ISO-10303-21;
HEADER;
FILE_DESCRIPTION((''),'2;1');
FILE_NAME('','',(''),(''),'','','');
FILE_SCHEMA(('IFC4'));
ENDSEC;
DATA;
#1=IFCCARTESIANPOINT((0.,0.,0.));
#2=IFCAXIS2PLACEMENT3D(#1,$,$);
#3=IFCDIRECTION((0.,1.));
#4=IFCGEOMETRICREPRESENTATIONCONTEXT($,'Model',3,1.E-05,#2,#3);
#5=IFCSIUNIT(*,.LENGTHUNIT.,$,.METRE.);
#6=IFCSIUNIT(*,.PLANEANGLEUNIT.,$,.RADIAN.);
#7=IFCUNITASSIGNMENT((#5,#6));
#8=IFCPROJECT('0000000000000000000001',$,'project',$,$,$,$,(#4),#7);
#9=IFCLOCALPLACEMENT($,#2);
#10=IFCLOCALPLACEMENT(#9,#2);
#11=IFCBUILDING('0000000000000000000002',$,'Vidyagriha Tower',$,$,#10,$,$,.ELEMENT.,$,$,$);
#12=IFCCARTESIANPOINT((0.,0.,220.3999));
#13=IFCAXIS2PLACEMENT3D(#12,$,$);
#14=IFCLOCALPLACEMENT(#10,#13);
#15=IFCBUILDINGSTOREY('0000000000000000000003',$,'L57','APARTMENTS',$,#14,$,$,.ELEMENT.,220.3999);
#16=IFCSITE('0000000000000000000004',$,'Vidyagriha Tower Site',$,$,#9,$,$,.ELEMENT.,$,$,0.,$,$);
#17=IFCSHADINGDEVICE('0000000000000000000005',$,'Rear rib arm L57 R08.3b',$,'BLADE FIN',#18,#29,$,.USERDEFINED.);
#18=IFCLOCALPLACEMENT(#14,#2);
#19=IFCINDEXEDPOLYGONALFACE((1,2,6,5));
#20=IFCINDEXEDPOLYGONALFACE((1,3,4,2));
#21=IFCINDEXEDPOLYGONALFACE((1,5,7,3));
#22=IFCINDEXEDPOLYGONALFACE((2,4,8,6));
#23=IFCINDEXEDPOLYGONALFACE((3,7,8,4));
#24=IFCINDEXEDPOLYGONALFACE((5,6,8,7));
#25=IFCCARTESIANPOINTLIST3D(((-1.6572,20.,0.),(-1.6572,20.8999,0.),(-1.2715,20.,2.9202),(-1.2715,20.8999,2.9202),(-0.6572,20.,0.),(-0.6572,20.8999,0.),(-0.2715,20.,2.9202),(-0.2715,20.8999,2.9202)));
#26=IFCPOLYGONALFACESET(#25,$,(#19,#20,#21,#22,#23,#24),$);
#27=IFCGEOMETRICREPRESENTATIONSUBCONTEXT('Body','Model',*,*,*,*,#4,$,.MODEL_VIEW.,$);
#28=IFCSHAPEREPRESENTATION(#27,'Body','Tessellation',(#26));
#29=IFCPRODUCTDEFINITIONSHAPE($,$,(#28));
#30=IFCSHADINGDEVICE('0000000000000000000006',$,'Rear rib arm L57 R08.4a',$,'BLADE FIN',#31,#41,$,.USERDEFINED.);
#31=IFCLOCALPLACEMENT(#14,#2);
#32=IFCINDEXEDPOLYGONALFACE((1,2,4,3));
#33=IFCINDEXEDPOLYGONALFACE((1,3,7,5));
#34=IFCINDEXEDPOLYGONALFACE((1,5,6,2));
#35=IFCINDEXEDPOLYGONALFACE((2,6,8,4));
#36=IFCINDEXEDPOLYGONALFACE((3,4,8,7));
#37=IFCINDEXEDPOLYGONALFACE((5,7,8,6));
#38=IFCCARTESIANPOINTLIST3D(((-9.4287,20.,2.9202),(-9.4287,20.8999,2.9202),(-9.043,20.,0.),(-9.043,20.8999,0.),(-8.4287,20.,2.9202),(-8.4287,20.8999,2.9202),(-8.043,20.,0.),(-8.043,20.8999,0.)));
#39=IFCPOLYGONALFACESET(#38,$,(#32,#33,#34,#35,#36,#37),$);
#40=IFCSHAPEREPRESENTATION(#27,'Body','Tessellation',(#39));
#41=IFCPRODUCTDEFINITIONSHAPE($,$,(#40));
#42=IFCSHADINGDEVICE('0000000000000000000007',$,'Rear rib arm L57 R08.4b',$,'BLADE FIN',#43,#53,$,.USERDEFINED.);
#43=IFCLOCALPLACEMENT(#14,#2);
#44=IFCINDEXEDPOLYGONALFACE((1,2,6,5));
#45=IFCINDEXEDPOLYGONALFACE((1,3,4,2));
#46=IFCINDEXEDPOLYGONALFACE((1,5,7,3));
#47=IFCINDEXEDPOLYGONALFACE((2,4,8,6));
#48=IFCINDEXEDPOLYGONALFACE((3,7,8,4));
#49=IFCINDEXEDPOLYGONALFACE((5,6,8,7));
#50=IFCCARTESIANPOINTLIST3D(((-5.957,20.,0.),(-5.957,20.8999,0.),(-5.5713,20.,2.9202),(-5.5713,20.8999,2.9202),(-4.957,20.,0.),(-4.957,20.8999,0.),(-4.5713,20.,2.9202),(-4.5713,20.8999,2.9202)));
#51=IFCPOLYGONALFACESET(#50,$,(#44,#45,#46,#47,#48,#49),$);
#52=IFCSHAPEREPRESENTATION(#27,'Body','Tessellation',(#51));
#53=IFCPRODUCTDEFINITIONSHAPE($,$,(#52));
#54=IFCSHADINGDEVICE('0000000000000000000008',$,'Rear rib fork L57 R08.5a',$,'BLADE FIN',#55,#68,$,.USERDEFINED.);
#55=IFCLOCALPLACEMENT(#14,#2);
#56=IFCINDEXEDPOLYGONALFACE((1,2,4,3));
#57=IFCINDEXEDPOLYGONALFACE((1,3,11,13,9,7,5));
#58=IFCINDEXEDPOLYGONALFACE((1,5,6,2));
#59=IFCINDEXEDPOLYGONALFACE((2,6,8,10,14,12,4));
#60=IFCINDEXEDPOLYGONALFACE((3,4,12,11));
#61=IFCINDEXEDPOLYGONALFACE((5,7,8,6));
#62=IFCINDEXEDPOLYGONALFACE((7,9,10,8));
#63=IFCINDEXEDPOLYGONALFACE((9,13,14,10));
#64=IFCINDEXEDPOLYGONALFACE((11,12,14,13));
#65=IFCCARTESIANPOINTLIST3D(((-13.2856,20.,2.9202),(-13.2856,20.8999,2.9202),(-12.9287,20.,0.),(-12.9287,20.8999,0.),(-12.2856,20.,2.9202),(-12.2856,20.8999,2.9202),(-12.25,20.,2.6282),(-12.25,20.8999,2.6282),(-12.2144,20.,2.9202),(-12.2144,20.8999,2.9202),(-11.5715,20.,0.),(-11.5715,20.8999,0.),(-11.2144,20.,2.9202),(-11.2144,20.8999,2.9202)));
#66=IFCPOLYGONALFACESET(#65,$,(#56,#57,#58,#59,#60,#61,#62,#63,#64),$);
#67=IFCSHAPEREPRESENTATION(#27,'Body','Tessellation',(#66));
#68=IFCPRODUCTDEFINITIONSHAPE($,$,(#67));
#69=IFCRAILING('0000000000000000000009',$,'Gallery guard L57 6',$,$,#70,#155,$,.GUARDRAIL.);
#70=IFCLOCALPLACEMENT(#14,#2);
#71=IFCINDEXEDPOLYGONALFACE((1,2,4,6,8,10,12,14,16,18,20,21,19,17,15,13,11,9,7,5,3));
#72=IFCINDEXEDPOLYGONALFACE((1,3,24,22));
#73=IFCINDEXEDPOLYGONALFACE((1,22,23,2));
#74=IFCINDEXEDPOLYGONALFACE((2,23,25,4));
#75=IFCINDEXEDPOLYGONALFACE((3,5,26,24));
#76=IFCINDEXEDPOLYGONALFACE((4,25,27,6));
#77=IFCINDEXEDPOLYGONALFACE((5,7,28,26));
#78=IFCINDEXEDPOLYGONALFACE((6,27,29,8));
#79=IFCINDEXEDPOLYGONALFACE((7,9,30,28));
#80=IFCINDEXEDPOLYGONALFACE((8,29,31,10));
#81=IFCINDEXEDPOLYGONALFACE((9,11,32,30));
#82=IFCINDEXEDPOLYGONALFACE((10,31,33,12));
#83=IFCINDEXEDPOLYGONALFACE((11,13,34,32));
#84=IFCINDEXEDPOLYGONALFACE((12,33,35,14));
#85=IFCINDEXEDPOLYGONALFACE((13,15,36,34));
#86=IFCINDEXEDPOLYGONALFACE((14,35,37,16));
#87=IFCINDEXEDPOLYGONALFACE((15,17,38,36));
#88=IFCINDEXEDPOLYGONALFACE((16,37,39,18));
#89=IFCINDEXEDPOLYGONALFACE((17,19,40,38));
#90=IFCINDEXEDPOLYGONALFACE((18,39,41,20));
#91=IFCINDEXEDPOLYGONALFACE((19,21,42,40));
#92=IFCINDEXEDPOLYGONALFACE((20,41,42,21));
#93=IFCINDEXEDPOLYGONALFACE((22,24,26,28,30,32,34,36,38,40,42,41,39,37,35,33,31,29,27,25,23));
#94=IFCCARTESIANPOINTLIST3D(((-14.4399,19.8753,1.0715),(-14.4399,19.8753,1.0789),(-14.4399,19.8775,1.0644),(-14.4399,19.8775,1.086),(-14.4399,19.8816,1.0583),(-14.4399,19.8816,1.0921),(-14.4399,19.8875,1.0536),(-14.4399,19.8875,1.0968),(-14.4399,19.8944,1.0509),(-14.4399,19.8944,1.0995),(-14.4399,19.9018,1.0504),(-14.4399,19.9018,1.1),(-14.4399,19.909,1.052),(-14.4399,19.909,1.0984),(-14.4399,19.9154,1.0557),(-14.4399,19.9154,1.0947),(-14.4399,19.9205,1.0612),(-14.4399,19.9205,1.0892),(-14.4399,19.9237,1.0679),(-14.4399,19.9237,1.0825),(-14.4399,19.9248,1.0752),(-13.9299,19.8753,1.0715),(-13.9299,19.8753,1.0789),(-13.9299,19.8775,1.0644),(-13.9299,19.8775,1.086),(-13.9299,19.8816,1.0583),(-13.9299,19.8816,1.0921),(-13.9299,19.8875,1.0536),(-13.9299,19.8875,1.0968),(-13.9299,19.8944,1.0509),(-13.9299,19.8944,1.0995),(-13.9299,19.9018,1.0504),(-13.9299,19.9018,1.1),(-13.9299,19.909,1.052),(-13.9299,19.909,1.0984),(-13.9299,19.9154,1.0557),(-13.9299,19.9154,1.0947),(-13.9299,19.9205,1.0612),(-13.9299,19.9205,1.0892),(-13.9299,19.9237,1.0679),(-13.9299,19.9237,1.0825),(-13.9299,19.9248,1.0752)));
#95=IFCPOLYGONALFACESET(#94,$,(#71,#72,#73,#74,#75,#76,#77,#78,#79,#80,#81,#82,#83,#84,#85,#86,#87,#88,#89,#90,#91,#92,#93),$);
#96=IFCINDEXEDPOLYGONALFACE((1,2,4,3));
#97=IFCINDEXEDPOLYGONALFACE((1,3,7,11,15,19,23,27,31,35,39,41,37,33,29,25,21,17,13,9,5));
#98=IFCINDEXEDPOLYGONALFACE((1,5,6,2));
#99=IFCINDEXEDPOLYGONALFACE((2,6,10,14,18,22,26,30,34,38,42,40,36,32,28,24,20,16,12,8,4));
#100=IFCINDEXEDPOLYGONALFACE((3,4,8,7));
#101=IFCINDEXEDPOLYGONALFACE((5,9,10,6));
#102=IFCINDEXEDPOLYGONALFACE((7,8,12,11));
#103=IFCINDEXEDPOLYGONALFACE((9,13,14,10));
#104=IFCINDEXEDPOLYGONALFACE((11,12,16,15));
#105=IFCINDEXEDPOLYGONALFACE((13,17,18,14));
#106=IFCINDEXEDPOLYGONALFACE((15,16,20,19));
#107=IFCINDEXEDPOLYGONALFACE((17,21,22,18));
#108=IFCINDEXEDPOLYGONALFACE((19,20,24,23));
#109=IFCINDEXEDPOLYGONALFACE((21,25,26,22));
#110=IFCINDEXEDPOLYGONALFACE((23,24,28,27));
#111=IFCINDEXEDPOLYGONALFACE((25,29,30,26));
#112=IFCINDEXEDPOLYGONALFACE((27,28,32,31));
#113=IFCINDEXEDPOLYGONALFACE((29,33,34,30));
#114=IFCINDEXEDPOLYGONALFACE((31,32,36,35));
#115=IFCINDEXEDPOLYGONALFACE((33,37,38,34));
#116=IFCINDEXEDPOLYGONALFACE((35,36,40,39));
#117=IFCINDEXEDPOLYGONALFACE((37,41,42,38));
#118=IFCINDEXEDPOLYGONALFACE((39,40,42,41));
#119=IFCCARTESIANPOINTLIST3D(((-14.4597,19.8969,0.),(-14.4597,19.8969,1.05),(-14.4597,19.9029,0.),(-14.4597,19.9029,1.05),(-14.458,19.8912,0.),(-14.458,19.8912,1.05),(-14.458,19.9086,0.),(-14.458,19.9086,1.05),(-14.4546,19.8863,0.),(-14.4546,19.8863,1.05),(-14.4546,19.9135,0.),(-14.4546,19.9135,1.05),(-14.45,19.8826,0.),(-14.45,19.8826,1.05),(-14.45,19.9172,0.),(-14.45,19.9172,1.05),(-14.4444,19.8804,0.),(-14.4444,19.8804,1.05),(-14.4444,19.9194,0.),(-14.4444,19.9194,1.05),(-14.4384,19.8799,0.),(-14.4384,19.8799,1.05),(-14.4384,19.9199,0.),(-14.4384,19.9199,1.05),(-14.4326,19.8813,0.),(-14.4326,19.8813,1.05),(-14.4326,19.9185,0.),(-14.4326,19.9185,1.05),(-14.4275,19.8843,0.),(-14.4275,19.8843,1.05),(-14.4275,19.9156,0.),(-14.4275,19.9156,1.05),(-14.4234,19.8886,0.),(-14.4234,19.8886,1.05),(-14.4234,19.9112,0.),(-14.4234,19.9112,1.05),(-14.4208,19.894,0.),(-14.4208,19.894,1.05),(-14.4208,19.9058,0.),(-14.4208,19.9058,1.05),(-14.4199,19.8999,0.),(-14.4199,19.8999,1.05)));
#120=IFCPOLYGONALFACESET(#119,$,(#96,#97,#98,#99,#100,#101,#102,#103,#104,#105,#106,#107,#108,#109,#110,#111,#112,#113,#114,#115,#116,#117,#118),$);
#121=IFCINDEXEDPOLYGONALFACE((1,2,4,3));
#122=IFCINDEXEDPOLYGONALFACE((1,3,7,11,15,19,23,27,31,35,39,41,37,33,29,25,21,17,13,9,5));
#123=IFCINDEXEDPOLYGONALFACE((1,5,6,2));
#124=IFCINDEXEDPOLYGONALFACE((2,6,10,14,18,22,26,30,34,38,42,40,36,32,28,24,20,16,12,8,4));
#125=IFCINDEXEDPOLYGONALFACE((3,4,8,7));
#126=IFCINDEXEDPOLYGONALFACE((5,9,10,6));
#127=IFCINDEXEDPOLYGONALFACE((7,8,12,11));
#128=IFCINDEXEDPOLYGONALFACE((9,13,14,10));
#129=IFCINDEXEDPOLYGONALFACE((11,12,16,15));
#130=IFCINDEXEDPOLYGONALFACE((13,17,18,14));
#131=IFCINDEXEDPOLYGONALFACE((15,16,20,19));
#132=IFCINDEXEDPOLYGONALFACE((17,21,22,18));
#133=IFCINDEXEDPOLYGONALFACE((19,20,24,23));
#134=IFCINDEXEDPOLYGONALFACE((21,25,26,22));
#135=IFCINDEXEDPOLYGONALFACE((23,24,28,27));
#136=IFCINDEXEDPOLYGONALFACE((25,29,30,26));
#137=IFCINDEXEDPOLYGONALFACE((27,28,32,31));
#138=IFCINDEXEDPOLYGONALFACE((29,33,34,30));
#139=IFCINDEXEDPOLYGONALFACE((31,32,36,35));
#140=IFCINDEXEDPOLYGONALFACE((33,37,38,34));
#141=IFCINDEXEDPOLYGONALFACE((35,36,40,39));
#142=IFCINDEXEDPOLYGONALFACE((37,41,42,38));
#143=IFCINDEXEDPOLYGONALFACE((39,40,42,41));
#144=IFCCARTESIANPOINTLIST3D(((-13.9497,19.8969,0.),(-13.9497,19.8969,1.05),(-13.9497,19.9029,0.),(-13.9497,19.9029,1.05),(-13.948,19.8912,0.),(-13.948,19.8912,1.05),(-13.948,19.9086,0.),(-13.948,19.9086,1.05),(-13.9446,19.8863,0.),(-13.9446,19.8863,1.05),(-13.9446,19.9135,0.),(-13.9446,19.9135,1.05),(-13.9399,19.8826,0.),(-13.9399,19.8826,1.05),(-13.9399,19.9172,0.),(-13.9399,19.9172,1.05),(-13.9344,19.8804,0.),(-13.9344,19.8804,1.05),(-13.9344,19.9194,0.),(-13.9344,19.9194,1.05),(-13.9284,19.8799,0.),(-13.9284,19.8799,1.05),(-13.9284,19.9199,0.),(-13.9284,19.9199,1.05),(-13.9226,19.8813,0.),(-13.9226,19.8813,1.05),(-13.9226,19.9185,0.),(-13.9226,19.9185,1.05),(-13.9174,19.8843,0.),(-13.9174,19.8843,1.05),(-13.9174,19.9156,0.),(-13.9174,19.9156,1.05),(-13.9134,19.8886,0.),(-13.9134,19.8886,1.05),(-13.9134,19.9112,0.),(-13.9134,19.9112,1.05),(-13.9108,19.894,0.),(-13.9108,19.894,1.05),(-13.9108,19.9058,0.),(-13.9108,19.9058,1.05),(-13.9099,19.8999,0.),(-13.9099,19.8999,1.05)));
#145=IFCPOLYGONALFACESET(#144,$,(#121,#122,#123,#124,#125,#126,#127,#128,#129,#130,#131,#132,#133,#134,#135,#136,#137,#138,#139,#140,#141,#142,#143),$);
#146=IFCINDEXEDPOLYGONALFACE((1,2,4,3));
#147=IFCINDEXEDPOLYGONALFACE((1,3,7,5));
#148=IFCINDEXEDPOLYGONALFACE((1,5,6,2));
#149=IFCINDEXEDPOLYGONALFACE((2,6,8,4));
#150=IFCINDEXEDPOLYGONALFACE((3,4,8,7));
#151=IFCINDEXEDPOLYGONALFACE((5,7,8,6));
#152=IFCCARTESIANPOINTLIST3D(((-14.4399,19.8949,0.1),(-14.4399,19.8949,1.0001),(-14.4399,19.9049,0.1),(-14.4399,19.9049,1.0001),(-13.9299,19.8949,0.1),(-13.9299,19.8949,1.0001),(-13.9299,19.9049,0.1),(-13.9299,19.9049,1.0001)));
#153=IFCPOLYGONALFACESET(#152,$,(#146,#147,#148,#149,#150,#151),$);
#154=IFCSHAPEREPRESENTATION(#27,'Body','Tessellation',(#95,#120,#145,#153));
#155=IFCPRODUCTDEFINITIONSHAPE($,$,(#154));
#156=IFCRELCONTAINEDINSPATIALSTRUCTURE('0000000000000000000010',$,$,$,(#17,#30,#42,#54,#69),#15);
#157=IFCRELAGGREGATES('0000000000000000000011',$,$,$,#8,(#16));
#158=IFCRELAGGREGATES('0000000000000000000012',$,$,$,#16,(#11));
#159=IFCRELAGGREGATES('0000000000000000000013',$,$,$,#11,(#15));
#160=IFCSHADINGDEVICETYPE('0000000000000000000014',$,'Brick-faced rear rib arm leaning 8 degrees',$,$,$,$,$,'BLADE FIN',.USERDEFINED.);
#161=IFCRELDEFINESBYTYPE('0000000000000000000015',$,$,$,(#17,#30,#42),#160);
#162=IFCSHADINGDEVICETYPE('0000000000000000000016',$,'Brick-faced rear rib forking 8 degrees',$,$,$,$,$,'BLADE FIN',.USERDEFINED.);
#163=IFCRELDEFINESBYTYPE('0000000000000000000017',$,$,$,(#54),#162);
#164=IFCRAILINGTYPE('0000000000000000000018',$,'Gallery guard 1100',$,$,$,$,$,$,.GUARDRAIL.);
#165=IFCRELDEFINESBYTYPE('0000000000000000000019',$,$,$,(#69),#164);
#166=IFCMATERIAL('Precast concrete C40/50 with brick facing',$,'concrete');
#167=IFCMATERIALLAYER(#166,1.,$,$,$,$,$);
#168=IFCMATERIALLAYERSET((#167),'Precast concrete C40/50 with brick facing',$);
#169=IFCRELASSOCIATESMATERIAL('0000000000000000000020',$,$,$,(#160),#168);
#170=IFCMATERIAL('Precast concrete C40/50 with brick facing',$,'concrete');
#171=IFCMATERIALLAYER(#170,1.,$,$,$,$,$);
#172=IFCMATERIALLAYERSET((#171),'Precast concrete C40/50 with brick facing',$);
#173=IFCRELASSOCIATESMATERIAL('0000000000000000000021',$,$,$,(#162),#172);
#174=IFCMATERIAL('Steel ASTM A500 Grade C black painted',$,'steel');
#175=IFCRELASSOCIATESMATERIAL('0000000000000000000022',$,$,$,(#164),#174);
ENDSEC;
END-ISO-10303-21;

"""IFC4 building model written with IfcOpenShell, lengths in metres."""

from ifc_helpers import new_model, si_unit, direction, frame, origin, origin_2d, place, context, subcontext, project, spatial, polyline, rectangle, circle, outline, extrude, material, layer, layer_set, type_object, element, save


model = new_model("IFC4")

# Units and contexts
model_context = context("Model", 3, precision=1e-05, world=origin(), true_north=direction((0.0, 1.0)))
body_context = subcontext(model_context, "Body", "Model", "MODEL_VIEW")
ifc_project = project(units=[si_unit("LENGTHUNIT", "METRE"), si_unit("PLANEANGLEUNIT", "RADIAN")], contexts=[model_context])

# Site, building, storey
site_placement = place(None, origin())
site = spatial("IfcSite", under=ifc_project, at=site_placement, Name="Vidyagriha Tower Site", CompositionType="ELEMENT", RefElevation=0.0)
building_placement = place(site_placement, origin())
building = spatial("IfcBuilding", under=site, at=building_placement, Name="Vidyagriha Tower", CompositionType="ELEMENT")
storey_placement = place(building_placement, frame((0.0, 0.0, 220.3999)))
storey = spatial("IfcBuildingStorey", under=building, at=storey_placement, Name="L57", Description="APARTMENTS", CompositionType="ELEMENT", Elevation=220.3999)

# Shading devices
ifc_material_1 = material(Name="Precast concrete C40/50 with brick facing", Category="concrete")
ifc_layer_1 = layer(ifc_material_1, 1.0)
ifc_layer_set_1 = layer_set([ifc_layer_1], Name="Precast concrete C40/50 with brick facing")
shading_device_type_1 = type_object("IfcShadingDeviceType", Name="Brick-faced rear rib arm leaning 8 degrees", ElementType="BLADE FIN", PredefinedType="USERDEFINED", material=ifc_layer_set_1)
shading_device_1_placement = place(storey_placement, frame((-0.2715, 20.45, 0.0), z_axis=(0.0, 0.0, 1.0), x_axis=(-1.0, 0.0, 0.0)))
element("IfcShadingDevice", 1, at=shading_device_1_placement, inside=storey, type_object=shading_device_type_1, Name="Rear rib arm L57 R08.3b", ObjectType="BLADE FIN", PredefinedType="USERDEFINED", context=body_context, shape_type="SweptSolid", body=[
    extrude(outline(polyline([(0.3857, 0.0), (1.3857, 0.0), (1.0, 2.9202), (0.0, 2.9202), (0.3857, 0.0)])), frame((0.0, 0.45, 0.0), z_axis=(0.0, -1.0, 0.0), x_axis=(1.0, 0.0, 0.0)), (0.0, 0.0, 1.0), 0.8999),
])
shading_device_2_placement = place(storey_placement, frame((-8.043, 20.45, 0.0), z_axis=(0.0, 0.0, 1.0), x_axis=(-1.0, 0.0, 0.0)))
element("IfcShadingDevice", 2, at=shading_device_2_placement, inside=storey, type_object=shading_device_type_1, Name="Rear rib arm L57 R08.4a", ObjectType="BLADE FIN", PredefinedType="USERDEFINED", context=body_context, shape_type="SweptSolid", body=[
    extrude(outline(polyline([(0.0, 0.0), (1.0, 0.0), (1.3857, 2.9202), (0.3857, 2.9202), (0.0, 0.0)])), frame((0.0, 0.45, 0.0), z_axis=(0.0, -1.0, 0.0), x_axis=(1.0, 0.0, 0.0)), (0.0, 0.0, 1.0), 0.8999),
])
shading_device_3_placement = place(storey_placement, frame((-4.5713, 20.45, 0.0), z_axis=(0.0, 0.0, 1.0), x_axis=(-1.0, 0.0, 0.0)))
element("IfcShadingDevice", 3, at=shading_device_3_placement, inside=storey, type_object=shading_device_type_1, Name="Rear rib arm L57 R08.4b", ObjectType="BLADE FIN", PredefinedType="USERDEFINED", context=body_context, shape_type="SweptSolid", body=[
    extrude(outline(polyline([(0.3857, 0.0), (1.3857, 0.0), (1.0, 2.9202), (0.0, 2.9202), (0.3857, 0.0)])), frame((0.0, 0.45, 0.0), z_axis=(0.0, -1.0, 0.0), x_axis=(1.0, 0.0, 0.0)), (0.0, 0.0, 1.0), 0.8999),
])
ifc_material_2 = material(Name="Precast concrete C40/50 with brick facing", Category="concrete")
ifc_layer_2 = layer(ifc_material_2, 1.0)
ifc_layer_set_2 = layer_set([ifc_layer_2], Name="Precast concrete C40/50 with brick facing")
shading_device_type_2 = type_object("IfcShadingDeviceType", Name="Brick-faced rear rib forking 8 degrees", ElementType="BLADE FIN", PredefinedType="USERDEFINED", material=ifc_layer_set_2)
shading_device_4_placement = place(storey_placement, frame((-11.2144, 20.45, 0.0), z_axis=(0.0, 0.0, 1.0), x_axis=(-1.0, 0.0, 0.0)))
element("IfcShadingDevice", 4, at=shading_device_4_placement, inside=storey, type_object=shading_device_type_2, Name="Rear rib fork L57 R08.5a", ObjectType="BLADE FIN", PredefinedType="USERDEFINED", context=body_context, shape_type="SweptSolid", body=[
    extrude(outline(polyline([(0.3572, 0.0), (1.7144, 0.0), (2.0713, 2.9202), (1.0713, 2.9202), (1.0356, 2.6282), (1.0, 2.9202), (0.0, 2.9202), (0.3572, 0.0)])), frame((0.0, 0.45, 0.0), z_axis=(0.0, -1.0, 0.0), x_axis=(1.0, 0.0, 0.0)), (0.0, 0.0, 1.0), 0.8999),
])

# Railing
ifc_material_3 = material(Name="Steel ASTM A500 Grade C black painted", Category="steel")
railing_type_1 = type_object("IfcRailingType", Name="Gallery guard 1100", PredefinedType="GUARDRAIL", material=ifc_material_3)
railing_1_placement = place(storey_placement, frame((-14.4399, 19.8999, 0.0)))
element("IfcRailing", 5, at=railing_1_placement, inside=storey, type_object=railing_type_1, Name="Gallery guard L57 6", PredefinedType="GUARDRAIL", context=body_context, shape_type="SweptSolid", body=[
    extrude(circle(Radius=0.0249, at=origin_2d()), frame((0.0, 0.0, 1.0752), z_axis=(1.0, 0.0, 0.0), x_axis=(0.0, 1.0, 0.0)), (0.0, 0.0, 1.0), 0.51),
    extrude(circle(Radius=0.02, at=origin_2d()), origin(), (0.0, 0.0, 1.0), 1.05),
    extrude(circle(Radius=0.02, at=origin_2d()), frame((0.51, 0.0, 0.0)), (0.0, 0.0, 1.0), 1.05),
    extrude(rectangle(XDim=0.01, YDim=0.9001, at=origin_2d()), frame((0.0, 0.0, 0.55), z_axis=(1.0, 0.0, 0.0), x_axis=(0.0, 1.0, 0.0)), (0.0, 0.0, 1.0), 0.51),
])

save(model, "model.ifc")
